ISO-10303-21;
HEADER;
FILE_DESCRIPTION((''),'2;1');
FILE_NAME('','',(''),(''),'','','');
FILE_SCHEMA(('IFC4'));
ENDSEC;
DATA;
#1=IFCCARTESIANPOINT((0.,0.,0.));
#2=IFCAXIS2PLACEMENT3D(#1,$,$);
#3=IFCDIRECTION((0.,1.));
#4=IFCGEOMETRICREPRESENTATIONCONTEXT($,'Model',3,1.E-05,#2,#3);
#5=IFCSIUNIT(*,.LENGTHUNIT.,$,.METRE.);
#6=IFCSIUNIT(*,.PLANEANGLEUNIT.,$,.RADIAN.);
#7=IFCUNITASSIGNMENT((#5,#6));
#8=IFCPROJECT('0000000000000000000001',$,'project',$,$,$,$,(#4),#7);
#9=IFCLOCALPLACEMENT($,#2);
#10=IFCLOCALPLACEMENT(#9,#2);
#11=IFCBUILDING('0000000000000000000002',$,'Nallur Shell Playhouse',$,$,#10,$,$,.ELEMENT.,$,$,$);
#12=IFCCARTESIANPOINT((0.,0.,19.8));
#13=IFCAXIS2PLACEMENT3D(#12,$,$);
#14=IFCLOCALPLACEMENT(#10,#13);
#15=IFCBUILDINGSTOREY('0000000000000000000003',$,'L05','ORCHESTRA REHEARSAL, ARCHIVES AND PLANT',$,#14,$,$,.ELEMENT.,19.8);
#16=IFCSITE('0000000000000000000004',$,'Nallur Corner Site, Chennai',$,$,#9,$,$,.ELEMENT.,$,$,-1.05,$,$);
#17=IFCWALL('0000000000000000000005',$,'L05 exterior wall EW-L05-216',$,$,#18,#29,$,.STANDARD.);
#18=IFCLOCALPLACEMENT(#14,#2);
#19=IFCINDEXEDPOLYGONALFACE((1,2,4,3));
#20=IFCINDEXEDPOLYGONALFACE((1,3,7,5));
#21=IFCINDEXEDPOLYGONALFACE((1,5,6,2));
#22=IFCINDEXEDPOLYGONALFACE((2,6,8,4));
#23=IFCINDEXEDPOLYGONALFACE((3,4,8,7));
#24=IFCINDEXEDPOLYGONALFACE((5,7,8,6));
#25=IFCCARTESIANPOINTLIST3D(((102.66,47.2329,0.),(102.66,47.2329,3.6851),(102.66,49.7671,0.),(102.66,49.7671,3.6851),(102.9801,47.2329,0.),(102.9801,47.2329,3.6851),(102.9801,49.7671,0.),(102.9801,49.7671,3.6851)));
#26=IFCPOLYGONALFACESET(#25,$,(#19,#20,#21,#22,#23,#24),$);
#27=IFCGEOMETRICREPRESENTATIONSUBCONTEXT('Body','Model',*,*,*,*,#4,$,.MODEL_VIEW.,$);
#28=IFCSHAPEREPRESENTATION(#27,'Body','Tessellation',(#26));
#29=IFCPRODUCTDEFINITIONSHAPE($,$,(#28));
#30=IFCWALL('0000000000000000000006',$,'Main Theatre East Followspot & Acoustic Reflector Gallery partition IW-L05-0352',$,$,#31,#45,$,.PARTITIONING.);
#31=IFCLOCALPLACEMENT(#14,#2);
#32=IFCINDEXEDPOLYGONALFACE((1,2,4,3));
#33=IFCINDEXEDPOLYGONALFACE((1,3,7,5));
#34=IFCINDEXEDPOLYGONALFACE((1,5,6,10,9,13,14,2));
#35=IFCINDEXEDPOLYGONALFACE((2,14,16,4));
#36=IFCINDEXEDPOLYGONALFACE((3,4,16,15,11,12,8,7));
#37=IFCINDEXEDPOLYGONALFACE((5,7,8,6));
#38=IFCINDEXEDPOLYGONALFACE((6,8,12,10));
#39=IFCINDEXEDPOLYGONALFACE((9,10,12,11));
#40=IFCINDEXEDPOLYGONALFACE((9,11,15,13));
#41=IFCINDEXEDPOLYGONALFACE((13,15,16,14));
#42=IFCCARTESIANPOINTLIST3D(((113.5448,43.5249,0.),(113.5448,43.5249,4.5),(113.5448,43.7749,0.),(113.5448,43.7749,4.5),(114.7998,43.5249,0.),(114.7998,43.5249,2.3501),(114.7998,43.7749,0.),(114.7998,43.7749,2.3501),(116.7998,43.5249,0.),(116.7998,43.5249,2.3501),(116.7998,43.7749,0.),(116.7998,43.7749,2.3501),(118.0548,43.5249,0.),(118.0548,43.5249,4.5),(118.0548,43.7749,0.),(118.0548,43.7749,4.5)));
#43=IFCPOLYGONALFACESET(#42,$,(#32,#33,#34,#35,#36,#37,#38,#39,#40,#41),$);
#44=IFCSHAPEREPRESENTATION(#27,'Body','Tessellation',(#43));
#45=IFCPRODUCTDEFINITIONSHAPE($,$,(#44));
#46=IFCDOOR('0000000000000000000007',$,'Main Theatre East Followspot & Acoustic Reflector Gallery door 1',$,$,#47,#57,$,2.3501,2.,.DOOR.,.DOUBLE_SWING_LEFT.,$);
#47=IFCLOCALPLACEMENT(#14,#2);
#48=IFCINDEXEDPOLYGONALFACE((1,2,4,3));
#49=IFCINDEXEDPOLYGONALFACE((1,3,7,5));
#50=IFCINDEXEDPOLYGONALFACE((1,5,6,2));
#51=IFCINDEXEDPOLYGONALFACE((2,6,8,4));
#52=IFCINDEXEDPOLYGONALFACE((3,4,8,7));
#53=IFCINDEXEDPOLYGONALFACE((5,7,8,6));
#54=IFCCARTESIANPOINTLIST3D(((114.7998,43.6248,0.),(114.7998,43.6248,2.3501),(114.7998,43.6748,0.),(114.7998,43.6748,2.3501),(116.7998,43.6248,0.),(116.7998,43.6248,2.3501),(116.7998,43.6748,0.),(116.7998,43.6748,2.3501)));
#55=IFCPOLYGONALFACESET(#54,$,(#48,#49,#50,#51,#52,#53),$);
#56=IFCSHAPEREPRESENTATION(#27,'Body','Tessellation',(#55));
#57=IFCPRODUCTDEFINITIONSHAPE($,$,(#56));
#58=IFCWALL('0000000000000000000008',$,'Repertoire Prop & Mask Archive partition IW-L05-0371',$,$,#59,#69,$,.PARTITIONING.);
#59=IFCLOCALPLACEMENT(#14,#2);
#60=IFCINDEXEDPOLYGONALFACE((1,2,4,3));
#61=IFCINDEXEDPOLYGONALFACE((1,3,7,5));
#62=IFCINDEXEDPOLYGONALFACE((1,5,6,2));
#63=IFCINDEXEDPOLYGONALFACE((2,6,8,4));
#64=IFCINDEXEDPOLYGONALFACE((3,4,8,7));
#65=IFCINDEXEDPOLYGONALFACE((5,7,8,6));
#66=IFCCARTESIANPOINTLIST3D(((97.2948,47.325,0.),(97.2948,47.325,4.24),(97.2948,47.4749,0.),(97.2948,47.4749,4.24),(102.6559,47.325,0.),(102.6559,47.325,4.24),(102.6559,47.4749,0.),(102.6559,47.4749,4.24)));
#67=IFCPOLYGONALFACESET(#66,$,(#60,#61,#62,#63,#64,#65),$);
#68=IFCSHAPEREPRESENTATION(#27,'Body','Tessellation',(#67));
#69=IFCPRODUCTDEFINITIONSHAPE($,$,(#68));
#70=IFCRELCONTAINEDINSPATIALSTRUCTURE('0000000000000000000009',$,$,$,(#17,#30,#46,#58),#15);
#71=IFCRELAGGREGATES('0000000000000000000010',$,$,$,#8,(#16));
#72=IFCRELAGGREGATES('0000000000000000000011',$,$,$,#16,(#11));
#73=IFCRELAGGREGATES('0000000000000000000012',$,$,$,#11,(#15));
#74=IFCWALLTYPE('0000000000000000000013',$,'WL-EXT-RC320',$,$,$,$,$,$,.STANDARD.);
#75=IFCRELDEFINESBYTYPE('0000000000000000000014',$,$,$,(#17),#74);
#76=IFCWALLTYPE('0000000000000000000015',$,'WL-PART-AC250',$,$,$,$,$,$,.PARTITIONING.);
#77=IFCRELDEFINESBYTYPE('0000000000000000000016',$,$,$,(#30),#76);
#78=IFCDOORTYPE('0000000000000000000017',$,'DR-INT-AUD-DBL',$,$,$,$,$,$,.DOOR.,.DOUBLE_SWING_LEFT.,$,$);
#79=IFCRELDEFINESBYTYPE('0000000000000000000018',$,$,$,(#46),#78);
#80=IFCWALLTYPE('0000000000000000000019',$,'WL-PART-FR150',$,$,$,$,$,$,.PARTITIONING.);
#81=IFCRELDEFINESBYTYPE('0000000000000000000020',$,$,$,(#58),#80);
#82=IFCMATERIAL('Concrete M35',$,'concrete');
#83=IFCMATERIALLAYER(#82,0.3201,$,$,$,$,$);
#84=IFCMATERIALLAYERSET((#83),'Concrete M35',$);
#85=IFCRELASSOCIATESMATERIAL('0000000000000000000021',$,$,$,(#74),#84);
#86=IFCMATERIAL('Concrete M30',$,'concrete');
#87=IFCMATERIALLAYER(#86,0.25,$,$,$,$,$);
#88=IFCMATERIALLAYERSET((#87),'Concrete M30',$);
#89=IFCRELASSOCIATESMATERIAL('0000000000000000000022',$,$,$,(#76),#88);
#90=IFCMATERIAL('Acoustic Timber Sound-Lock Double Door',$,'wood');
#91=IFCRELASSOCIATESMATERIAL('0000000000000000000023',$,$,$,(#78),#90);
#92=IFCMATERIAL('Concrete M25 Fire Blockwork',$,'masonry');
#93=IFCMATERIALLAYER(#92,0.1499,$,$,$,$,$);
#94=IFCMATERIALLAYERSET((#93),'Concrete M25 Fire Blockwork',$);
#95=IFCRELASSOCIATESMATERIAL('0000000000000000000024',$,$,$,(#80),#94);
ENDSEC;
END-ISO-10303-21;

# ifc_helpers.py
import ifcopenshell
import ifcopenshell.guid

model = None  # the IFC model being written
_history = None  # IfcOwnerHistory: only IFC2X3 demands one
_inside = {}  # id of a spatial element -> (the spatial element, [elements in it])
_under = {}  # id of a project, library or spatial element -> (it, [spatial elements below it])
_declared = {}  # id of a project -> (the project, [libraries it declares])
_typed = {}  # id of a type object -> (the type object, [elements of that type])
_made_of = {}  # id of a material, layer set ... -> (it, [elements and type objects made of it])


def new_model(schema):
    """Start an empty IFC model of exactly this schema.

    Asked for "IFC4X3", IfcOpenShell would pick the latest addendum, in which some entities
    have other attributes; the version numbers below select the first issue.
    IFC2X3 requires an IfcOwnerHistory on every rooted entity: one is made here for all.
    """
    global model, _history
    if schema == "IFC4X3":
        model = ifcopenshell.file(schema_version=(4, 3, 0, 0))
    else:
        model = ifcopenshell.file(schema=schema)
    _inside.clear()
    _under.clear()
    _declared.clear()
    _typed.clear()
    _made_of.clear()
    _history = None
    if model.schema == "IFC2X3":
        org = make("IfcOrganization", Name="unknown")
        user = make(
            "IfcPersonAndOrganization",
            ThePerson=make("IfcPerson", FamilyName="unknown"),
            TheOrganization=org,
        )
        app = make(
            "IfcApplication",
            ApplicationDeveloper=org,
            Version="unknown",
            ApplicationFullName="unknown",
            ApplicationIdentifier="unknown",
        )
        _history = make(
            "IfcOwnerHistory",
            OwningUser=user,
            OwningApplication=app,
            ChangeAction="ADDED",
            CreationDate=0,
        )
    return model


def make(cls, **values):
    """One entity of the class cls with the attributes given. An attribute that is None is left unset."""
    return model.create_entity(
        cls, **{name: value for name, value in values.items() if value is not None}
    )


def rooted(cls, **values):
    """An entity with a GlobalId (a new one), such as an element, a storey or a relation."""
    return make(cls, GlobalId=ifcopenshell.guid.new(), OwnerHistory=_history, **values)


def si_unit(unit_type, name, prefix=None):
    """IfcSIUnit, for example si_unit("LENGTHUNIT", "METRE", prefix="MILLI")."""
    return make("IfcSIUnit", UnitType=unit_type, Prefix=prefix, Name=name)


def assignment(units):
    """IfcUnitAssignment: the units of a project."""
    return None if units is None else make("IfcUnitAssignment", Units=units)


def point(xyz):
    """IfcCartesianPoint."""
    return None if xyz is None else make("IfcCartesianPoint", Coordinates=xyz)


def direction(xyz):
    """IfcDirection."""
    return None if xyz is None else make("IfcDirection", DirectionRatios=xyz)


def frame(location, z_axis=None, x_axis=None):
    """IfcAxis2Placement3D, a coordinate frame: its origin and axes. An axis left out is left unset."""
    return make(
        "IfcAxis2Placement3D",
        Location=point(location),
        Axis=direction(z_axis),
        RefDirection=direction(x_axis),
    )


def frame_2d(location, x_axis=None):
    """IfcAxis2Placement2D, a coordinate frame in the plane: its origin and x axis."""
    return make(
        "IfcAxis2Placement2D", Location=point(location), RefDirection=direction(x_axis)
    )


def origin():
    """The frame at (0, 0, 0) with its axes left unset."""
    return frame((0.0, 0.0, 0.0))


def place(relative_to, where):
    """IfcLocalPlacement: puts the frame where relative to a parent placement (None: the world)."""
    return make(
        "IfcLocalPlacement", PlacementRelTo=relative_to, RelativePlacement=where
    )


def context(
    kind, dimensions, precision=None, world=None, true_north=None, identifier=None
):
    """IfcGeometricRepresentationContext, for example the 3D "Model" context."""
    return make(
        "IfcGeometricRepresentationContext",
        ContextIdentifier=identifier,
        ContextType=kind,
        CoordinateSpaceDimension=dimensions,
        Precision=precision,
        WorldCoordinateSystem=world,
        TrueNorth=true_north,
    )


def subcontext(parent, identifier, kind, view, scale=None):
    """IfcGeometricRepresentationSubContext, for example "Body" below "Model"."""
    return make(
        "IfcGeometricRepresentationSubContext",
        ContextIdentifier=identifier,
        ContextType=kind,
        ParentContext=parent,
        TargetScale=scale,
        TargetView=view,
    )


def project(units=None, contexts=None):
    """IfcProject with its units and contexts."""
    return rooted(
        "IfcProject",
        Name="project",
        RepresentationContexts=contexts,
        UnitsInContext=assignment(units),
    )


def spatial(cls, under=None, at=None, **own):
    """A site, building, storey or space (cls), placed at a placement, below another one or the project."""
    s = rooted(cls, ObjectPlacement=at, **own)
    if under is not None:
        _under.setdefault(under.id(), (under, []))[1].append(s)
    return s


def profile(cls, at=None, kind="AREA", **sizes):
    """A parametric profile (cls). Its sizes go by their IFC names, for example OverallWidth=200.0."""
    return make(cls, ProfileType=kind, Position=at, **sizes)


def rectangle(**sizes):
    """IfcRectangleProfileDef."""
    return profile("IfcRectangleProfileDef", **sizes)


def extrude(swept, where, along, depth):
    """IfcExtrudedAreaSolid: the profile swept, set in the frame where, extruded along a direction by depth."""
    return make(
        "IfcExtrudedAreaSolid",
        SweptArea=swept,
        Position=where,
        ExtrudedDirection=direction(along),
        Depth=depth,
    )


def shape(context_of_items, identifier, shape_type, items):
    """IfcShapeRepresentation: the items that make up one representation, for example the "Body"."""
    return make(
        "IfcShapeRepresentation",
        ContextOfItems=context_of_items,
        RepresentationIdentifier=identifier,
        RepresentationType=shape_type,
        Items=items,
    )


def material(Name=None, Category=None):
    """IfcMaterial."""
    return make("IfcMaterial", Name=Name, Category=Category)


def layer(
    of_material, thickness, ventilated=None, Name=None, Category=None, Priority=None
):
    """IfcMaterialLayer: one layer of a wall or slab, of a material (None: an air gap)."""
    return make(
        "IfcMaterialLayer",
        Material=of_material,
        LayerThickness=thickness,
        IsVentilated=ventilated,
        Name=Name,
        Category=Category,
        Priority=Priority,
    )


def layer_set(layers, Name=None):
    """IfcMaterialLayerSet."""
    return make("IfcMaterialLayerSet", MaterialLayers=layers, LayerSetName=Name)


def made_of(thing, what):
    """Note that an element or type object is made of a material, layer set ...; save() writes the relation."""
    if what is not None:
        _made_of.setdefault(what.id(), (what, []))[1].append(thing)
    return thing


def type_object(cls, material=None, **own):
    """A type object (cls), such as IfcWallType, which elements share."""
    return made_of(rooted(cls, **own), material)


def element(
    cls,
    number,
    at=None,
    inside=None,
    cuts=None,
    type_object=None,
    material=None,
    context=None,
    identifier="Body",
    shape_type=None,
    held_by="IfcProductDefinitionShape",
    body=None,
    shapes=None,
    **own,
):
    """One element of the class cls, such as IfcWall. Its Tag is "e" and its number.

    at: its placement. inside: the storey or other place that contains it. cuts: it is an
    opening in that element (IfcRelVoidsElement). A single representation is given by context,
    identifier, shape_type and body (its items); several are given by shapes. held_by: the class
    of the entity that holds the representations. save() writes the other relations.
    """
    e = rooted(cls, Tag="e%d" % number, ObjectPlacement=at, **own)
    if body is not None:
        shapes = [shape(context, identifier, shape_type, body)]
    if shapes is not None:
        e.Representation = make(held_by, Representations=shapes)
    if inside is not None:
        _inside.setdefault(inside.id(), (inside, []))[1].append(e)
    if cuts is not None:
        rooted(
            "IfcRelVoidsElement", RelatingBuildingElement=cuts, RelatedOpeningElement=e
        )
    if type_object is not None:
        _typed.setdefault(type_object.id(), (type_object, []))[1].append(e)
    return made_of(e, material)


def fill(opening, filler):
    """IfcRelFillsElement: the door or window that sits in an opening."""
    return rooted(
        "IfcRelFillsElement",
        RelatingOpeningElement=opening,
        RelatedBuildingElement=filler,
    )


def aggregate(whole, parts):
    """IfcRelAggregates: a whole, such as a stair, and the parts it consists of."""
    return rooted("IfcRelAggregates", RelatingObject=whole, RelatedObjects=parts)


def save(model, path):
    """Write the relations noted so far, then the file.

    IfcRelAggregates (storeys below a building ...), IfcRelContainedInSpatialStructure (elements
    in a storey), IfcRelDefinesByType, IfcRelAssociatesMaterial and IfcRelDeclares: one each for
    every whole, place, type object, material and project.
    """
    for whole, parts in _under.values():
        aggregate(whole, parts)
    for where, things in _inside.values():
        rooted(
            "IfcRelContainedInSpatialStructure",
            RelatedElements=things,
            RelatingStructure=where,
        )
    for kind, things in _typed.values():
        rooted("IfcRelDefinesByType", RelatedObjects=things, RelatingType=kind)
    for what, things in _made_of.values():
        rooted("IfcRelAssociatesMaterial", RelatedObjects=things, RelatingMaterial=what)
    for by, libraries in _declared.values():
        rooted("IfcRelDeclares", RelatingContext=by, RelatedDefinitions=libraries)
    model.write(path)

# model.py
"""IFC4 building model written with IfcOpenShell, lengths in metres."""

from ifc_helpers import new_model, si_unit, direction, frame, frame_2d, origin, place, context, subcontext, project, spatial, rectangle, extrude, material, layer, layer_set, type_object, element, fill, save


model = new_model("IFC4")

# Units and contexts
model_context = context("Model", 3, precision=1e-05, world=origin(), true_north=direction((0.0, 1.0)))
body_context = subcontext(model_context, "Body", "Model", "MODEL_VIEW")
ifc_project = project(units=[si_unit("LENGTHUNIT", "METRE"), si_unit("PLANEANGLEUNIT", "RADIAN")], contexts=[model_context])

# Site, building, storey
site_placement = place(None, origin())
site = spatial("IfcSite", under=ifc_project, at=site_placement, Name="Nallur Corner Site, Chennai", CompositionType="ELEMENT", RefElevation=-1.05)
building_placement = place(site_placement, origin())
building = spatial("IfcBuilding", under=site, at=building_placement, Name="Nallur Shell Playhouse", CompositionType="ELEMENT")
storey_placement = place(building_placement, frame((0.0, 0.0, 19.8)))
storey = spatial("IfcBuildingStorey", under=building, at=storey_placement, Name="L05", Description="ORCHESTRA REHEARSAL, ARCHIVES AND PLANT", CompositionType="ELEMENT", Elevation=19.8)

# Shared definitions
ifc_material_1 = material(Name="Concrete M35", Category="concrete")

# Wall
ifc_layer_1 = layer(ifc_material_1, 0.3201)
ifc_layer_set_1 = layer_set([ifc_layer_1], Name="Concrete M35")
wall_type_1 = type_object("IfcWallType", Name="WL-EXT-RC320", PredefinedType="STANDARD", material=ifc_layer_set_1)
wall_1_placement = place(storey_placement, frame((102.8201, 49.7671, 0.0), z_axis=(0.0, 0.0, 1.0), x_axis=(0.0, -1.0, 0.0)))
element("IfcWall", 1, at=wall_1_placement, inside=storey, type_object=wall_type_1, Name="L05 exterior wall EW-L05-216", PredefinedType="STANDARD", context=body_context, shape_type="SweptSolid", body=[
    extrude(rectangle(XDim=2.5342, YDim=0.3201, at=frame_2d((1.2671, 0.0))), origin(), (0.0, 0.0, 1.0), 3.6851),
])

# Wall, opening, door
ifc_material_2 = material(Name="Concrete M30", Category="concrete")
ifc_layer_2 = layer(ifc_material_2, 0.25)
ifc_layer_set_2 = layer_set([ifc_layer_2], Name="Concrete M30")
wall_type_2 = type_object("IfcWallType", Name="WL-PART-AC250", PredefinedType="PARTITIONING", material=ifc_layer_set_2)
wall_2_placement = place(storey_placement, frame((113.5449, 43.6499, 0.0), z_axis=(0.0, 0.0, 1.0), x_axis=(1.0, 0.0, 0.0)))
wall_2 = element("IfcWall", 2, at=wall_2_placement, inside=storey, type_object=wall_type_2, Name="Main Theatre East Followspot & Acoustic Reflector Gallery partition IW-L05-0352", PredefinedType="PARTITIONING", context=body_context, shape_type="SweptSolid", body=[
    extrude(rectangle(XDim=4.51, YDim=0.25, at=frame_2d((2.2549, 0.0))), origin(), (0.0, 0.0, 1.0), 4.5),
])
opening_placement = place(wall_2_placement, frame((1.2549, 0.0, 0.0)))
opening = element("IfcOpeningElement", 3, at=opening_placement, cuts=wall_2, PredefinedType="OPENING", context=body_context, shape_type="SweptSolid", body=[
    extrude(rectangle(XDim=2.0, YDim=2.3501, at=frame_2d((1.0, 1.175))), frame((0.0, 0.135, 0.0), z_axis=(0.0, -1.0, 0.0), x_axis=(1.0, 0.0, 0.0)), (0.0, 0.0, 1.0), 0.27),
])
ifc_material_3 = material(Name="Acoustic Timber Sound-Lock Double Door", Category="wood")
door_type = type_object("IfcDoorType", Name="DR-INT-AUD-DBL", OperationType="DOUBLE_SWING_LEFT", PredefinedType="DOOR", material=ifc_material_3)
door_placement = place(opening_placement, origin())
door = element("IfcDoor", 4, at=door_placement, inside=storey, type_object=door_type, Name="Main Theatre East Followspot & Acoustic Reflector Gallery door 1", OperationType="DOUBLE_SWING_LEFT", OverallHeight=2.3501, OverallWidth=2.0, PredefinedType="DOOR", context=body_context, shape_type="SweptSolid", body=[
    extrude(rectangle(XDim=2.0, YDim=2.3501, at=frame_2d((1.0, 1.175))), frame((0.0, 0.0249, 0.0), z_axis=(0.0, -1.0, 0.0), x_axis=(1.0, 0.0, 0.0)), (0.0, 0.0, 1.0), 0.05),
])
fill(opening, door)

# Wall
ifc_material_4 = material(Name="Concrete M25 Fire Blockwork", Category="masonry")
ifc_layer_3 = layer(ifc_material_4, 0.1499)
ifc_layer_set_3 = layer_set([ifc_layer_3], Name="Concrete M25 Fire Blockwork")
wall_type_3 = type_object("IfcWallType", Name="WL-PART-FR150", PredefinedType="PARTITIONING", material=ifc_layer_set_3)
wall_3_placement = place(storey_placement, frame((102.656, 47.3999, 0.0), z_axis=(0.0, 0.0, 1.0), x_axis=(-1.0, 0.0, 0.0)))
element("IfcWall", 5, at=wall_3_placement, inside=storey, type_object=wall_type_3, Name="Repertoire Prop & Mask Archive partition IW-L05-0371", PredefinedType="PARTITIONING", context=body_context, shape_type="SweptSolid", body=[
    extrude(rectangle(XDim=5.3611, YDim=0.1499, at=frame_2d((2.6807, 0.0))), origin(), (0.0, 0.0, 1.0), 4.24),
])

save(model, "model.ifc")
